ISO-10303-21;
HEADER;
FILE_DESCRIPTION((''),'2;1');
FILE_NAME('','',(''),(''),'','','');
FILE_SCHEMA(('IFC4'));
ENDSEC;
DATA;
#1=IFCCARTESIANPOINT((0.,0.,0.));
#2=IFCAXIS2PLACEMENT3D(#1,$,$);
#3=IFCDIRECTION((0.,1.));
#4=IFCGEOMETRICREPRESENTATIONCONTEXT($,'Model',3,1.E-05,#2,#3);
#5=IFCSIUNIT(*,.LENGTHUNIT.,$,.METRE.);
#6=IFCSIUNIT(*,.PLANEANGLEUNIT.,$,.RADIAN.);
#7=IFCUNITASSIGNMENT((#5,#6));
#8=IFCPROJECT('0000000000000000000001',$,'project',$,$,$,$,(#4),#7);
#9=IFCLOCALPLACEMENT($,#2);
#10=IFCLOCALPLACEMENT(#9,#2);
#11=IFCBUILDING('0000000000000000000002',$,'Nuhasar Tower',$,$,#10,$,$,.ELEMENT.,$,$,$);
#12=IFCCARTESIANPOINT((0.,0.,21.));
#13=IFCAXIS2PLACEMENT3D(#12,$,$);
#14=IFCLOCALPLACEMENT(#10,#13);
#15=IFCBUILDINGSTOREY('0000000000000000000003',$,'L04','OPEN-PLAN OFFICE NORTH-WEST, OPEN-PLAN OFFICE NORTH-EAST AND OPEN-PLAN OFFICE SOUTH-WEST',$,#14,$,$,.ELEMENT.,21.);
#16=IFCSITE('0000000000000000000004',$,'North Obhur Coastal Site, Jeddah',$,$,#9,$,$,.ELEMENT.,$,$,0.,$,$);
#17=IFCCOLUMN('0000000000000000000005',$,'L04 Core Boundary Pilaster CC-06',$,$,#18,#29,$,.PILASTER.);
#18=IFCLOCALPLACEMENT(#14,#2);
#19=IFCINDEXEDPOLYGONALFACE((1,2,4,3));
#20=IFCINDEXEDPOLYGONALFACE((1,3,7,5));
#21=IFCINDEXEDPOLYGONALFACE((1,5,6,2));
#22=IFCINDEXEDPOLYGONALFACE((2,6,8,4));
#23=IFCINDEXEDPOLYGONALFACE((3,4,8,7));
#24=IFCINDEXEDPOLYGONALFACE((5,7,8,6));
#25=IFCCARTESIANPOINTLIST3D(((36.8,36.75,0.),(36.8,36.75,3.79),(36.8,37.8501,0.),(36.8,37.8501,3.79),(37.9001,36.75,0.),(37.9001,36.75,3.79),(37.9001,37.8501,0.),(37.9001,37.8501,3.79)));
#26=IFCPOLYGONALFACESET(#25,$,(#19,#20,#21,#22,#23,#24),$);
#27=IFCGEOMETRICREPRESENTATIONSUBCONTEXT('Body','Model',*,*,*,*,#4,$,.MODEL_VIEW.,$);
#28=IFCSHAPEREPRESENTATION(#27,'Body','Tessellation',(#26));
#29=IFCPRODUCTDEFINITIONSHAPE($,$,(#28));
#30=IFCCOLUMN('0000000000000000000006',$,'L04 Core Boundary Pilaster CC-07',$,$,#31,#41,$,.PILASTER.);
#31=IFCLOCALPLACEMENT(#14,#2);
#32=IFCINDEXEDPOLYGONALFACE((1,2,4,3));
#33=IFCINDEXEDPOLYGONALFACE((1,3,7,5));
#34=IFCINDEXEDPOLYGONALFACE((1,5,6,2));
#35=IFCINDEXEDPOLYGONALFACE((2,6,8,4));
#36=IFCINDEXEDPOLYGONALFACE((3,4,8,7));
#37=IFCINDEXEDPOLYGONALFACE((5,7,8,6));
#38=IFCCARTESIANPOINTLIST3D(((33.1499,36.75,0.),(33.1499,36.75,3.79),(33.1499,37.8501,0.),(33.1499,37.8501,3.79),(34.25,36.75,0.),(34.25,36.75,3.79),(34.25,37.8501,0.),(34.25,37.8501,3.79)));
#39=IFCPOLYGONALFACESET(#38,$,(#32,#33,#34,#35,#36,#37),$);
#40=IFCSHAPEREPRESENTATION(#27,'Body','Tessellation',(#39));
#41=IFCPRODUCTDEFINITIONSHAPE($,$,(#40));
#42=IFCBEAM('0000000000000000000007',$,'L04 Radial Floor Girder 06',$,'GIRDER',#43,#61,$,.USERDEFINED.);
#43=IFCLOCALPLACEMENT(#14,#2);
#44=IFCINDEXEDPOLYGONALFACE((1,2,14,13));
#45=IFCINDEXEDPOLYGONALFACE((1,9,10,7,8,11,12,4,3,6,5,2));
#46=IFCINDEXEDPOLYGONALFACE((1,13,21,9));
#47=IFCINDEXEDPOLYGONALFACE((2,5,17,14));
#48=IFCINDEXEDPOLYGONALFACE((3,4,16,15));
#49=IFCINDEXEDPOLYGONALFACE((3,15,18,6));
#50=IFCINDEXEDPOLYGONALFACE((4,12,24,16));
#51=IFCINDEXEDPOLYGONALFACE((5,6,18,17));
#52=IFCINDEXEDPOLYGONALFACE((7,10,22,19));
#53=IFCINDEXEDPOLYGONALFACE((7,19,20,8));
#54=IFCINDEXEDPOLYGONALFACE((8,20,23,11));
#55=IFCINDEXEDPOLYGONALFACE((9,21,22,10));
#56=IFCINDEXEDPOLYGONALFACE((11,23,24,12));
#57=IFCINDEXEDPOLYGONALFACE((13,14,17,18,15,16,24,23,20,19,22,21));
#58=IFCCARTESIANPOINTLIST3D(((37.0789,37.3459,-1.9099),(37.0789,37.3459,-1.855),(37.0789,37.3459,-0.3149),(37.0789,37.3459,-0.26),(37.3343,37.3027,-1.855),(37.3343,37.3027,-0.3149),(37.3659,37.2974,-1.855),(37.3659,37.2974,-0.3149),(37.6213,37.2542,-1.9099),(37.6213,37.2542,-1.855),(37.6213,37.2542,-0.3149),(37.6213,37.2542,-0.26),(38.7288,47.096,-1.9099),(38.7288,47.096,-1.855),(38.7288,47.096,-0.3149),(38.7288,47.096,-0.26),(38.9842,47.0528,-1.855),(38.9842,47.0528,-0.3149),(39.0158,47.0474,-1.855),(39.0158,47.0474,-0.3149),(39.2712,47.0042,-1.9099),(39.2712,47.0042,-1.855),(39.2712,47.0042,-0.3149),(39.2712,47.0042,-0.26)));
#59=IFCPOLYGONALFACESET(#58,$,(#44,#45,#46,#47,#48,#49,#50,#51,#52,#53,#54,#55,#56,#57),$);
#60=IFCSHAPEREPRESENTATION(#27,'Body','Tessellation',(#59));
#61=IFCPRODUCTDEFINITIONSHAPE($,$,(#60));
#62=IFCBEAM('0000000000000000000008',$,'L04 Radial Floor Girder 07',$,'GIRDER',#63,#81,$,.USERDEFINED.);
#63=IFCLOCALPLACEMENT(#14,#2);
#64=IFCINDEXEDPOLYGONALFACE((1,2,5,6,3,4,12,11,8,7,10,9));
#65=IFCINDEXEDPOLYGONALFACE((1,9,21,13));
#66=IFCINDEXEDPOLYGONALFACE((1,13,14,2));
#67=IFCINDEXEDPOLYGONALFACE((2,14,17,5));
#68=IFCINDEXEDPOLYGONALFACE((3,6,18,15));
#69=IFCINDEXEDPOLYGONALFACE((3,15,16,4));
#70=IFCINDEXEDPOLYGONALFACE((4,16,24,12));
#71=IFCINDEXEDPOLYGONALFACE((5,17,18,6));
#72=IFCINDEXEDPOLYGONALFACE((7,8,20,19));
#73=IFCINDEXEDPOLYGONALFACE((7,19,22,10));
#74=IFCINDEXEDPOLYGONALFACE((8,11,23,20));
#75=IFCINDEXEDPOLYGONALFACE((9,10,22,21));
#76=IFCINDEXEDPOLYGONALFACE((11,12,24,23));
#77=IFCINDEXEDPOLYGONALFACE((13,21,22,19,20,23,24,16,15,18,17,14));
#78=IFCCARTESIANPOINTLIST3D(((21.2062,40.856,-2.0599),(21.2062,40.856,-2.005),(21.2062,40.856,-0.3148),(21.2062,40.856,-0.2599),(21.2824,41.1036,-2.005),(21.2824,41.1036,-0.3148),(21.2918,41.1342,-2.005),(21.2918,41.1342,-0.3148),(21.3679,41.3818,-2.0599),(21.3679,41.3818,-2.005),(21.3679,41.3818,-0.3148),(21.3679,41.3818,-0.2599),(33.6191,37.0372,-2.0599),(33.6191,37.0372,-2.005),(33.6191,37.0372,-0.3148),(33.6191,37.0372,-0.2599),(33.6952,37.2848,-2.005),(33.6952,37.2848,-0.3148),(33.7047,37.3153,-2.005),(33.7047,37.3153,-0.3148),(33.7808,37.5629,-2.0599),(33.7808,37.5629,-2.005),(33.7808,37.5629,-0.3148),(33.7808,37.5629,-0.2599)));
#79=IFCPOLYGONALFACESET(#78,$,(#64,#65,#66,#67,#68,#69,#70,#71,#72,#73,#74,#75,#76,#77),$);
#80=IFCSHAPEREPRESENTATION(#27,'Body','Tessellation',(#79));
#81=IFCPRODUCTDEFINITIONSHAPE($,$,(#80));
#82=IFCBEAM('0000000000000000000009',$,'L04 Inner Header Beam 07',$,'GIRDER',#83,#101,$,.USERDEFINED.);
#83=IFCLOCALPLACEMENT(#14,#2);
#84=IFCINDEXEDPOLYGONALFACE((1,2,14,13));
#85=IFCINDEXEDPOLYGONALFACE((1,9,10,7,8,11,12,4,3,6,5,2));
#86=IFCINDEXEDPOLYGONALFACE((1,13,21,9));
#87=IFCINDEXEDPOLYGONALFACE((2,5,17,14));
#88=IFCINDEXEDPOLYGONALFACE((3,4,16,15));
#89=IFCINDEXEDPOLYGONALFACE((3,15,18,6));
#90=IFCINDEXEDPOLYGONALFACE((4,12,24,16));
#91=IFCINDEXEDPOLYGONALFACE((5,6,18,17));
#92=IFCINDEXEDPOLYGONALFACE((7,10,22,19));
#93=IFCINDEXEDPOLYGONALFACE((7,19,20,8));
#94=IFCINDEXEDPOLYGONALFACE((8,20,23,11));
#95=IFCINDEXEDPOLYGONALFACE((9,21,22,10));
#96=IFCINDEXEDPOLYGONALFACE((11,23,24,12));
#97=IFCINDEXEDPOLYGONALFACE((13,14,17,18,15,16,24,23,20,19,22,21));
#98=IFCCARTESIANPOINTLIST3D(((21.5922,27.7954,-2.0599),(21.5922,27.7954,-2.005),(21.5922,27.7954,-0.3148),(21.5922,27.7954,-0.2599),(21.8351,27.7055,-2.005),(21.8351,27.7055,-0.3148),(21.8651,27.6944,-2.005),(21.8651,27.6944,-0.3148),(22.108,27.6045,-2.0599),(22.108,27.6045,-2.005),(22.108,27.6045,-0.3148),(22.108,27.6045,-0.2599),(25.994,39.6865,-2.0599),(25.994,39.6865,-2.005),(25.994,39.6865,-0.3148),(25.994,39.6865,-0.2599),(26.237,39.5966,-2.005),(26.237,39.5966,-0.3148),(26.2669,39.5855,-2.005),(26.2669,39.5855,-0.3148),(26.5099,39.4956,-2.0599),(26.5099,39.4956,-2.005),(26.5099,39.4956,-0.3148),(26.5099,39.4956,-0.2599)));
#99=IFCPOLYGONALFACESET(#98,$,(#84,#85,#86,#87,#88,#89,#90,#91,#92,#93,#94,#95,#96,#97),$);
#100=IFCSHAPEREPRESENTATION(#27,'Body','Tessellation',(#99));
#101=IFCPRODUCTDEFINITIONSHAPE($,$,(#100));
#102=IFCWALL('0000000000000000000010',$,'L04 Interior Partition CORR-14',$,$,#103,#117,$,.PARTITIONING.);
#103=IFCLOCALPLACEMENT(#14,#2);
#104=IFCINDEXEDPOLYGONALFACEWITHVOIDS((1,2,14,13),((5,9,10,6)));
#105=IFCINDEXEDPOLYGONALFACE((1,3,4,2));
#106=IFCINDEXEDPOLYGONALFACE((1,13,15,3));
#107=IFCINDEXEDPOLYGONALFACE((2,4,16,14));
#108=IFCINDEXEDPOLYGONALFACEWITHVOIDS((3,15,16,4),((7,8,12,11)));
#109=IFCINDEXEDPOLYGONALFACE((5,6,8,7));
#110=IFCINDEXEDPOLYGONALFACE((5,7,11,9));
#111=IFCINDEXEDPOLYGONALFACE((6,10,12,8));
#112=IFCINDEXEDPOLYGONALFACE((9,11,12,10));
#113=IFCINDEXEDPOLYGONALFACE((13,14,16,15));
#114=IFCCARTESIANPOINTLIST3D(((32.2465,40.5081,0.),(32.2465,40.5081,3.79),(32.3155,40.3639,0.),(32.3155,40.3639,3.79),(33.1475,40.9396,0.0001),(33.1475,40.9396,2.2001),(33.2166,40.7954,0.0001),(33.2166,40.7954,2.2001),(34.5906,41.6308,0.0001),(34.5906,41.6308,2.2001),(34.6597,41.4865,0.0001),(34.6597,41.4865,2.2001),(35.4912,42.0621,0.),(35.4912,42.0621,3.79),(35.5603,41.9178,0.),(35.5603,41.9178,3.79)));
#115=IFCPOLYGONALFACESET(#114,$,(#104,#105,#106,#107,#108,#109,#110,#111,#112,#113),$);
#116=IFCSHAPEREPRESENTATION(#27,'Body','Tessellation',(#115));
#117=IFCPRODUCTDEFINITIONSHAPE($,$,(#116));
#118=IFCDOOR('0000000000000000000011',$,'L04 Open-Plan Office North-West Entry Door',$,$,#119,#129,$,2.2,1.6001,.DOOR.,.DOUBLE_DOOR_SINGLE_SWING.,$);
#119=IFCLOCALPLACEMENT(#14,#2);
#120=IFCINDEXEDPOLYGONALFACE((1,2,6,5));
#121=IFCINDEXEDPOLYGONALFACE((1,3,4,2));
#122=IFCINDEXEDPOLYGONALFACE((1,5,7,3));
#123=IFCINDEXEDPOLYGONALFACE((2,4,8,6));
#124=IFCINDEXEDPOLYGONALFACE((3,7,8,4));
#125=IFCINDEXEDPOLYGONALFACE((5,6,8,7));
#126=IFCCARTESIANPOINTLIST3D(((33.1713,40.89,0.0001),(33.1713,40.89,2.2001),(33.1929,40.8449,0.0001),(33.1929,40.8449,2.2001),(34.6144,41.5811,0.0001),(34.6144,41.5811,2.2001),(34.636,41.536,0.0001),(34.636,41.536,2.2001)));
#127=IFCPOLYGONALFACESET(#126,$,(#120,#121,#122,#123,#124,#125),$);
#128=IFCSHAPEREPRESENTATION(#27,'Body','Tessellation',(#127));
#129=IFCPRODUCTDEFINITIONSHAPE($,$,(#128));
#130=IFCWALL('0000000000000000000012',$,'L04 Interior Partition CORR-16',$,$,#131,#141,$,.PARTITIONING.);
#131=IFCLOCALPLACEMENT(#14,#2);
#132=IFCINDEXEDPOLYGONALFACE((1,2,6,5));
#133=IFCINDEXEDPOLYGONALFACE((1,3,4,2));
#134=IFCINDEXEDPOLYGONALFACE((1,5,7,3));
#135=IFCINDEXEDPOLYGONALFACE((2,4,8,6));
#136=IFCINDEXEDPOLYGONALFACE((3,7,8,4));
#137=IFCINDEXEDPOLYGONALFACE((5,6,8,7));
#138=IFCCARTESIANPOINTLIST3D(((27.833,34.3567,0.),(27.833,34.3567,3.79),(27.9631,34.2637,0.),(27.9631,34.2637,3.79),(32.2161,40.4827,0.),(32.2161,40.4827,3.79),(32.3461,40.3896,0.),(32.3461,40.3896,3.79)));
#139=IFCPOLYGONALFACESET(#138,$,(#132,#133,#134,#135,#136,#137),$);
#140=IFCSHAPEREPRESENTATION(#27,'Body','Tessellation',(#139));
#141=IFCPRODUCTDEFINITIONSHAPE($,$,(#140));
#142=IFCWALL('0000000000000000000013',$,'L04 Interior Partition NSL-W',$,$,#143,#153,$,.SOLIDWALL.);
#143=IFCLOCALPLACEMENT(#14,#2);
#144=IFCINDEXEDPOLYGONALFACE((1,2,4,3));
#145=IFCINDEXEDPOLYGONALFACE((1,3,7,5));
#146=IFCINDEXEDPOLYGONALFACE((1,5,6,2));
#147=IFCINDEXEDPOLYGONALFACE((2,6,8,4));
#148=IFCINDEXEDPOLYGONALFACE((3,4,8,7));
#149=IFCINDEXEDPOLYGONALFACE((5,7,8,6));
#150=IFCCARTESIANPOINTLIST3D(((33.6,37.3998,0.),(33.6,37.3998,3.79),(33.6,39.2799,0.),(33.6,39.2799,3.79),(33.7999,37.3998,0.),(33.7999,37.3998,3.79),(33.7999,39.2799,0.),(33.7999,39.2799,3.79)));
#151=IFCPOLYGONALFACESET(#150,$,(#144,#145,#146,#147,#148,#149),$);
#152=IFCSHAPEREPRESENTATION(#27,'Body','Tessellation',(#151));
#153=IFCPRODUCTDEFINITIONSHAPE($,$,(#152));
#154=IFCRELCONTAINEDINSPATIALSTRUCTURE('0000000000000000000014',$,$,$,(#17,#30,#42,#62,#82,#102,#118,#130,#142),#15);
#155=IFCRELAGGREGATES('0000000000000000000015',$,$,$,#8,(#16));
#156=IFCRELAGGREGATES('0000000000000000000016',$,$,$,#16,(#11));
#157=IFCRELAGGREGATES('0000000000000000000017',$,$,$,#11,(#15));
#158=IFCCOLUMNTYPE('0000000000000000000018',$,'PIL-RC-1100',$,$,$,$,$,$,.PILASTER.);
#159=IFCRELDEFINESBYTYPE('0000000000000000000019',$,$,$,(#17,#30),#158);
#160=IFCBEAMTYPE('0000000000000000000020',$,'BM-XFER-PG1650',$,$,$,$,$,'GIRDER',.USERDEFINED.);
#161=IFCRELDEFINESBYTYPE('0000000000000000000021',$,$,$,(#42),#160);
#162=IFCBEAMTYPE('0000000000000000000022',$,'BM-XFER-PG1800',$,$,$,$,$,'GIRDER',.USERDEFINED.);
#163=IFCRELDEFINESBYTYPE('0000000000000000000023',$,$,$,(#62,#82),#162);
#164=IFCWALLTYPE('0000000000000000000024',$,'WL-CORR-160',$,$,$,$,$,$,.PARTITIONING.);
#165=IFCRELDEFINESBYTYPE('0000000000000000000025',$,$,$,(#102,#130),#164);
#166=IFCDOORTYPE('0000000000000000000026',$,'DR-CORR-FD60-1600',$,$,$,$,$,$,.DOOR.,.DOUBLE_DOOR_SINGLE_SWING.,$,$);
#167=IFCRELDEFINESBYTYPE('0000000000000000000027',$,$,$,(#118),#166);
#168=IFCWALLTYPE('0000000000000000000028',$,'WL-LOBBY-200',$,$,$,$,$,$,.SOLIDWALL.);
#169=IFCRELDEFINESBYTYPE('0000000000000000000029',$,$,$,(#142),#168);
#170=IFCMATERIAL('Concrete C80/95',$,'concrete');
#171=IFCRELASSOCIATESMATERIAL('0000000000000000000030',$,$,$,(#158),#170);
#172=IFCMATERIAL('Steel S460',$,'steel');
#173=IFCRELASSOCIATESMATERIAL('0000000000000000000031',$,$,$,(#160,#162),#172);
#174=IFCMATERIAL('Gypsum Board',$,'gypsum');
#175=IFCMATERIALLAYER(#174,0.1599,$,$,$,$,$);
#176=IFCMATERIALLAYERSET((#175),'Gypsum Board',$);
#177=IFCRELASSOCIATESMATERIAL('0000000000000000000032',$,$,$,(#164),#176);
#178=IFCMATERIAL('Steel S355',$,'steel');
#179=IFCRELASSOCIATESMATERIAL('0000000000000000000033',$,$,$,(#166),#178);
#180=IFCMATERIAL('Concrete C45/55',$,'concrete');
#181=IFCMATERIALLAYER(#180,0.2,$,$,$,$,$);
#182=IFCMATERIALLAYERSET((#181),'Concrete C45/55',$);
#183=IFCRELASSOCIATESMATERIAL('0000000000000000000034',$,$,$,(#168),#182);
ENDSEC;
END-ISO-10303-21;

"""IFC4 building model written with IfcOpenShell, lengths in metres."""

from ifc_helpers import new_model, si_unit, direction, frame, frame_2d, origin, origin_2d, place, context, subcontext, project, spatial, rectangle, i_section, extrude, material, layer, layer_set, material_profile, profile_set, type_object, element, fill, save


model = new_model("IFC4")

# Units and contexts
model_context = context("Model", 3, precision=1e-05, world=origin(), true_north=direction((0.0, 1.0)))
body_context = subcontext(model_context, "Body", "Model", "MODEL_VIEW")
ifc_project = project(units=[si_unit("LENGTHUNIT", "METRE"), si_unit("PLANEANGLEUNIT", "RADIAN")], contexts=[model_context])

# Site, building, storey
site_placement = place(None, origin())
site = spatial("IfcSite", under=ifc_project, at=site_placement, Name="North Obhur Coastal Site, Jeddah", CompositionType="ELEMENT", RefElevation=0.0)
building_placement = place(site_placement, origin())
building = spatial("IfcBuilding", under=site, at=building_placement, Name="Nuhasar Tower", CompositionType="ELEMENT")
storey_placement = place(building_placement, frame((0.0, 0.0, 21.0)))
storey = spatial("IfcBuildingStorey", under=building, at=storey_placement, Name="L04", Description="OPEN-PLAN OFFICE NORTH-WEST, OPEN-PLAN OFFICE NORTH-EAST AND OPEN-PLAN OFFICE SOUTH-WEST", CompositionType="ELEMENT", Elevation=21.0)

# Columns
ifc_material_1 = material(Name="Concrete C80/95", Category="concrete")
ifc_material_profile_1 = material_profile(ifc_material_1, rectangle(XDim=1.1001, YDim=1.1001, at=origin_2d()), Name="RC1100X1100")
ifc_profile_set_1 = profile_set([ifc_material_profile_1], Name="Concrete C80/95")
column_type = type_object("IfcColumnType", Name="PIL-RC-1100", PredefinedType="PILASTER", material=ifc_profile_set_1)
for number, where, z_axis, x_axis, name in (
    (1, (37.3501, 37.3, 0.0), (0.0, 0.0, 1.0), (1.0, 0.0, 0.0), "L04 Core Boundary Pilaster CC-06"),
    (2, (33.7, 37.3, 0.0), (0.0, 0.0, 1.0), (1.0, 0.0, 0.0), "L04 Core Boundary Pilaster CC-07"),
):
    element("IfcColumn", number, at=place(storey_placement, frame(where, z_axis=z_axis, x_axis=x_axis)), inside=storey, type_object=column_type, Name=name, PredefinedType="PILASTER", context=body_context, shape_type="SweptSolid", body=[
        extrude(rectangle(XDim=1.1001, YDim=1.1001, at=origin_2d()), origin(), (0.0, 0.0, 1.0), 3.79),
    ])

# Beams
ifc_material_2 = material(Name="Steel S460", Category="steel")
ifc_material_profile_2 = material_profile(ifc_material_2, i_section(OverallWidth=0.55, OverallDepth=1.6499, WebThickness=0.032, FlangeThickness=0.0549, at=origin_2d()), Name="PG1650X550")
ifc_profile_set_2 = profile_set([ifc_material_profile_2], Name="Steel S460")
beam_type_1 = type_object("IfcBeamType", Name="BM-XFER-PG1650", ElementType="GIRDER", PredefinedType="USERDEFINED", material=ifc_profile_set_2)
beam_1_placement = place(storey_placement, frame((37.3501, 37.3, -1.085), z_axis=(0.166849, 0.985983, 0.0), x_axis=(-0.985983, 0.166849, 0.0)))
element("IfcBeam", 3, at=beam_1_placement, inside=storey, type_object=beam_type_1, Name="L04 Radial Floor Girder 06", ObjectType="GIRDER", PredefinedType="USERDEFINED", context=body_context, shape_type="SweptSolid", body=[
    extrude(i_section(OverallWidth=0.55, OverallDepth=1.6499, WebThickness=0.032, FlangeThickness=0.0549, at=origin_2d()), origin(), (0.0, 0.0, 1.0), 9.8887),
])
ifc_material_profile_3 = material_profile(ifc_material_2, i_section(OverallWidth=0.55, OverallDepth=1.8, WebThickness=0.032, FlangeThickness=0.0549, at=origin_2d()), Name="PG1800X550")
ifc_profile_set_3 = profile_set([ifc_material_profile_3], Name="Steel S460")
beam_type_2 = type_object("IfcBeamType", Name="BM-XFER-PG1800", ElementType="GIRDER", PredefinedType="USERDEFINED", material=ifc_profile_set_3)
beam_2_placement = place(storey_placement, frame((33.7, 37.3, -1.1599), z_axis=(-0.95579, 0.294052, 0.0), x_axis=(-0.294052, -0.95579, 0.0)))
element("IfcBeam", 4, at=beam_2_placement, inside=storey, type_object=beam_type_2, Name="L04 Radial Floor Girder 07", ObjectType="GIRDER", PredefinedType="USERDEFINED", context=body_context, shape_type="SweptSolid", body=[
    extrude(i_section(OverallWidth=0.55, OverallDepth=1.8, WebThickness=0.032, FlangeThickness=0.0549, at=origin_2d()), origin(), (0.0, 0.0, 1.0), 12.9871),
])
beam_3_placement = place(storey_placement, frame((26.252, 39.5911, -1.1599), z_axis=(-0.347158, -0.937807, 0.0), x_axis=(0.937807, -0.347158, 0.0)))
element("IfcBeam", 5, at=beam_3_placement, inside=storey, type_object=beam_type_2, Name="L04 Inner Header Beam 07", ObjectType="GIRDER", PredefinedType="USERDEFINED", context=body_context, shape_type="SweptSolid", body=[
    extrude(i_section(OverallWidth=0.55, OverallDepth=1.8, WebThickness=0.032, FlangeThickness=0.0549, at=origin_2d()), origin(), (0.0, 0.0, 1.0), 12.6797),
])

# Wall, opening, door
ifc_material_3 = material(Name="Steel S355", Category="steel")
ifc_material_4 = material(Name="Gypsum Board", Category="gypsum")
ifc_layer_1 = layer(ifc_material_4, 0.1599)
ifc_layer_set_1 = layer_set([ifc_layer_1], Name="Gypsum Board")
wall_type_1 = type_object("IfcWallType", Name="WL-CORR-160", PredefinedType="PARTITIONING", material=ifc_layer_set_1)
wall_1_placement = place(storey_placement, frame((32.281, 40.436, 0.0), z_axis=(0.0, 0.0, 1.0), x_axis=(0.901911, 0.431921, 0.0)))
wall_1 = element("IfcWall", 6, at=wall_1_placement, inside=storey, type_object=wall_type_1, Name="L04 Interior Partition CORR-14", PredefinedType="PARTITIONING", context=body_context, shape_type="SweptSolid", body=[
    extrude(rectangle(XDim=3.5977, YDim=0.1599, at=frame_2d((1.7988, 0.0))), origin(), (0.0, 0.0, 1.0), 3.79),
])
opening_1_placement = place(wall_1_placement, frame((0.999, 0.0, 0.0)))
opening_1 = element("IfcOpeningElement", 7, at=opening_1_placement, cuts=wall_1, PredefinedType="OPENING", context=body_context, shape_type="SweptSolid", body=[
    extrude(rectangle(XDim=1.6001, YDim=2.2, at=frame_2d((0.8, 1.1001))), frame((0.0, 0.0898, 0.0), z_axis=(0.0, -1.0, 0.0), x_axis=(1.0, 0.0, 0.0)), (0.0, 0.0, 1.0), 0.1799),
])
door_type_1 = type_object("IfcDoorType", Name="DR-CORR-FD60-1600", OperationType="DOUBLE_DOOR_SINGLE_SWING", PredefinedType="DOOR", material=ifc_material_3)
door_1_placement = place(opening_1_placement, origin())
door_1 = element("IfcDoor", 8, at=door_1_placement, inside=storey, type_object=door_type_1, Name="L04 Open-Plan Office North-West Entry Door", OperationType="DOUBLE_DOOR_SINGLE_SWING", OverallHeight=2.2, OverallWidth=1.6001, PredefinedType="DOOR", context=body_context, shape_type="SweptSolid", body=[
    extrude(rectangle(XDim=1.6001, YDim=2.2, at=frame_2d((0.8, 1.1001))), frame((0.0, 0.0249, 0.0), z_axis=(0.0, -1.0, 0.0), x_axis=(1.0, 0.0, 0.0)), (0.0, 0.0, 1.0), 0.05),
])
fill(opening_1, door_1)

# Walls
wall_2_placement = place(storey_placement, frame((32.281, 40.436, 0.0), z_axis=(0.0, 0.0, 1.0), x_axis=(-0.581885, -0.813271, 0.0)))
element("IfcWall", 9, at=wall_2_placement, inside=storey, type_object=wall_type_1, Name="L04 Interior Partition CORR-16", PredefinedType="PARTITIONING", context=body_context, shape_type="SweptSolid", body=[
    extrude(rectangle(XDim=7.5325, YDim=0.1599, at=frame_2d((3.7661, 0.0))), origin(), (0.0, 0.0, 1.0), 3.79),
])
ifc_material_5 = material(Name="Concrete C45/55", Category="concrete")
ifc_layer_2 = layer(ifc_material_5, 0.2)
ifc_layer_set_2 = layer_set([ifc_layer_2], Name="Concrete C45/55")
wall_type_2 = type_object("IfcWallType", Name="WL-LOBBY-200", PredefinedType="SOLIDWALL", material=ifc_layer_set_2)
wall_3_placement = place(storey_placement, frame((33.7, 37.3999, 0.0), z_axis=(0.0, 0.0, 1.0), x_axis=(0.0, 1.0, 0.0)))
element("IfcWall", 10, at=wall_3_placement, inside=storey, type_object=wall_type_2, Name="L04 Interior Partition NSL-W", PredefinedType="SOLIDWALL", context=body_context, shape_type="SweptSolid", body=[
    extrude(rectangle(XDim=1.8801, YDim=0.2, at=frame_2d((0.9399, 0.0))), origin(), (0.0, 0.0, 1.0), 3.79),
])

save(model, "model.ifc")
